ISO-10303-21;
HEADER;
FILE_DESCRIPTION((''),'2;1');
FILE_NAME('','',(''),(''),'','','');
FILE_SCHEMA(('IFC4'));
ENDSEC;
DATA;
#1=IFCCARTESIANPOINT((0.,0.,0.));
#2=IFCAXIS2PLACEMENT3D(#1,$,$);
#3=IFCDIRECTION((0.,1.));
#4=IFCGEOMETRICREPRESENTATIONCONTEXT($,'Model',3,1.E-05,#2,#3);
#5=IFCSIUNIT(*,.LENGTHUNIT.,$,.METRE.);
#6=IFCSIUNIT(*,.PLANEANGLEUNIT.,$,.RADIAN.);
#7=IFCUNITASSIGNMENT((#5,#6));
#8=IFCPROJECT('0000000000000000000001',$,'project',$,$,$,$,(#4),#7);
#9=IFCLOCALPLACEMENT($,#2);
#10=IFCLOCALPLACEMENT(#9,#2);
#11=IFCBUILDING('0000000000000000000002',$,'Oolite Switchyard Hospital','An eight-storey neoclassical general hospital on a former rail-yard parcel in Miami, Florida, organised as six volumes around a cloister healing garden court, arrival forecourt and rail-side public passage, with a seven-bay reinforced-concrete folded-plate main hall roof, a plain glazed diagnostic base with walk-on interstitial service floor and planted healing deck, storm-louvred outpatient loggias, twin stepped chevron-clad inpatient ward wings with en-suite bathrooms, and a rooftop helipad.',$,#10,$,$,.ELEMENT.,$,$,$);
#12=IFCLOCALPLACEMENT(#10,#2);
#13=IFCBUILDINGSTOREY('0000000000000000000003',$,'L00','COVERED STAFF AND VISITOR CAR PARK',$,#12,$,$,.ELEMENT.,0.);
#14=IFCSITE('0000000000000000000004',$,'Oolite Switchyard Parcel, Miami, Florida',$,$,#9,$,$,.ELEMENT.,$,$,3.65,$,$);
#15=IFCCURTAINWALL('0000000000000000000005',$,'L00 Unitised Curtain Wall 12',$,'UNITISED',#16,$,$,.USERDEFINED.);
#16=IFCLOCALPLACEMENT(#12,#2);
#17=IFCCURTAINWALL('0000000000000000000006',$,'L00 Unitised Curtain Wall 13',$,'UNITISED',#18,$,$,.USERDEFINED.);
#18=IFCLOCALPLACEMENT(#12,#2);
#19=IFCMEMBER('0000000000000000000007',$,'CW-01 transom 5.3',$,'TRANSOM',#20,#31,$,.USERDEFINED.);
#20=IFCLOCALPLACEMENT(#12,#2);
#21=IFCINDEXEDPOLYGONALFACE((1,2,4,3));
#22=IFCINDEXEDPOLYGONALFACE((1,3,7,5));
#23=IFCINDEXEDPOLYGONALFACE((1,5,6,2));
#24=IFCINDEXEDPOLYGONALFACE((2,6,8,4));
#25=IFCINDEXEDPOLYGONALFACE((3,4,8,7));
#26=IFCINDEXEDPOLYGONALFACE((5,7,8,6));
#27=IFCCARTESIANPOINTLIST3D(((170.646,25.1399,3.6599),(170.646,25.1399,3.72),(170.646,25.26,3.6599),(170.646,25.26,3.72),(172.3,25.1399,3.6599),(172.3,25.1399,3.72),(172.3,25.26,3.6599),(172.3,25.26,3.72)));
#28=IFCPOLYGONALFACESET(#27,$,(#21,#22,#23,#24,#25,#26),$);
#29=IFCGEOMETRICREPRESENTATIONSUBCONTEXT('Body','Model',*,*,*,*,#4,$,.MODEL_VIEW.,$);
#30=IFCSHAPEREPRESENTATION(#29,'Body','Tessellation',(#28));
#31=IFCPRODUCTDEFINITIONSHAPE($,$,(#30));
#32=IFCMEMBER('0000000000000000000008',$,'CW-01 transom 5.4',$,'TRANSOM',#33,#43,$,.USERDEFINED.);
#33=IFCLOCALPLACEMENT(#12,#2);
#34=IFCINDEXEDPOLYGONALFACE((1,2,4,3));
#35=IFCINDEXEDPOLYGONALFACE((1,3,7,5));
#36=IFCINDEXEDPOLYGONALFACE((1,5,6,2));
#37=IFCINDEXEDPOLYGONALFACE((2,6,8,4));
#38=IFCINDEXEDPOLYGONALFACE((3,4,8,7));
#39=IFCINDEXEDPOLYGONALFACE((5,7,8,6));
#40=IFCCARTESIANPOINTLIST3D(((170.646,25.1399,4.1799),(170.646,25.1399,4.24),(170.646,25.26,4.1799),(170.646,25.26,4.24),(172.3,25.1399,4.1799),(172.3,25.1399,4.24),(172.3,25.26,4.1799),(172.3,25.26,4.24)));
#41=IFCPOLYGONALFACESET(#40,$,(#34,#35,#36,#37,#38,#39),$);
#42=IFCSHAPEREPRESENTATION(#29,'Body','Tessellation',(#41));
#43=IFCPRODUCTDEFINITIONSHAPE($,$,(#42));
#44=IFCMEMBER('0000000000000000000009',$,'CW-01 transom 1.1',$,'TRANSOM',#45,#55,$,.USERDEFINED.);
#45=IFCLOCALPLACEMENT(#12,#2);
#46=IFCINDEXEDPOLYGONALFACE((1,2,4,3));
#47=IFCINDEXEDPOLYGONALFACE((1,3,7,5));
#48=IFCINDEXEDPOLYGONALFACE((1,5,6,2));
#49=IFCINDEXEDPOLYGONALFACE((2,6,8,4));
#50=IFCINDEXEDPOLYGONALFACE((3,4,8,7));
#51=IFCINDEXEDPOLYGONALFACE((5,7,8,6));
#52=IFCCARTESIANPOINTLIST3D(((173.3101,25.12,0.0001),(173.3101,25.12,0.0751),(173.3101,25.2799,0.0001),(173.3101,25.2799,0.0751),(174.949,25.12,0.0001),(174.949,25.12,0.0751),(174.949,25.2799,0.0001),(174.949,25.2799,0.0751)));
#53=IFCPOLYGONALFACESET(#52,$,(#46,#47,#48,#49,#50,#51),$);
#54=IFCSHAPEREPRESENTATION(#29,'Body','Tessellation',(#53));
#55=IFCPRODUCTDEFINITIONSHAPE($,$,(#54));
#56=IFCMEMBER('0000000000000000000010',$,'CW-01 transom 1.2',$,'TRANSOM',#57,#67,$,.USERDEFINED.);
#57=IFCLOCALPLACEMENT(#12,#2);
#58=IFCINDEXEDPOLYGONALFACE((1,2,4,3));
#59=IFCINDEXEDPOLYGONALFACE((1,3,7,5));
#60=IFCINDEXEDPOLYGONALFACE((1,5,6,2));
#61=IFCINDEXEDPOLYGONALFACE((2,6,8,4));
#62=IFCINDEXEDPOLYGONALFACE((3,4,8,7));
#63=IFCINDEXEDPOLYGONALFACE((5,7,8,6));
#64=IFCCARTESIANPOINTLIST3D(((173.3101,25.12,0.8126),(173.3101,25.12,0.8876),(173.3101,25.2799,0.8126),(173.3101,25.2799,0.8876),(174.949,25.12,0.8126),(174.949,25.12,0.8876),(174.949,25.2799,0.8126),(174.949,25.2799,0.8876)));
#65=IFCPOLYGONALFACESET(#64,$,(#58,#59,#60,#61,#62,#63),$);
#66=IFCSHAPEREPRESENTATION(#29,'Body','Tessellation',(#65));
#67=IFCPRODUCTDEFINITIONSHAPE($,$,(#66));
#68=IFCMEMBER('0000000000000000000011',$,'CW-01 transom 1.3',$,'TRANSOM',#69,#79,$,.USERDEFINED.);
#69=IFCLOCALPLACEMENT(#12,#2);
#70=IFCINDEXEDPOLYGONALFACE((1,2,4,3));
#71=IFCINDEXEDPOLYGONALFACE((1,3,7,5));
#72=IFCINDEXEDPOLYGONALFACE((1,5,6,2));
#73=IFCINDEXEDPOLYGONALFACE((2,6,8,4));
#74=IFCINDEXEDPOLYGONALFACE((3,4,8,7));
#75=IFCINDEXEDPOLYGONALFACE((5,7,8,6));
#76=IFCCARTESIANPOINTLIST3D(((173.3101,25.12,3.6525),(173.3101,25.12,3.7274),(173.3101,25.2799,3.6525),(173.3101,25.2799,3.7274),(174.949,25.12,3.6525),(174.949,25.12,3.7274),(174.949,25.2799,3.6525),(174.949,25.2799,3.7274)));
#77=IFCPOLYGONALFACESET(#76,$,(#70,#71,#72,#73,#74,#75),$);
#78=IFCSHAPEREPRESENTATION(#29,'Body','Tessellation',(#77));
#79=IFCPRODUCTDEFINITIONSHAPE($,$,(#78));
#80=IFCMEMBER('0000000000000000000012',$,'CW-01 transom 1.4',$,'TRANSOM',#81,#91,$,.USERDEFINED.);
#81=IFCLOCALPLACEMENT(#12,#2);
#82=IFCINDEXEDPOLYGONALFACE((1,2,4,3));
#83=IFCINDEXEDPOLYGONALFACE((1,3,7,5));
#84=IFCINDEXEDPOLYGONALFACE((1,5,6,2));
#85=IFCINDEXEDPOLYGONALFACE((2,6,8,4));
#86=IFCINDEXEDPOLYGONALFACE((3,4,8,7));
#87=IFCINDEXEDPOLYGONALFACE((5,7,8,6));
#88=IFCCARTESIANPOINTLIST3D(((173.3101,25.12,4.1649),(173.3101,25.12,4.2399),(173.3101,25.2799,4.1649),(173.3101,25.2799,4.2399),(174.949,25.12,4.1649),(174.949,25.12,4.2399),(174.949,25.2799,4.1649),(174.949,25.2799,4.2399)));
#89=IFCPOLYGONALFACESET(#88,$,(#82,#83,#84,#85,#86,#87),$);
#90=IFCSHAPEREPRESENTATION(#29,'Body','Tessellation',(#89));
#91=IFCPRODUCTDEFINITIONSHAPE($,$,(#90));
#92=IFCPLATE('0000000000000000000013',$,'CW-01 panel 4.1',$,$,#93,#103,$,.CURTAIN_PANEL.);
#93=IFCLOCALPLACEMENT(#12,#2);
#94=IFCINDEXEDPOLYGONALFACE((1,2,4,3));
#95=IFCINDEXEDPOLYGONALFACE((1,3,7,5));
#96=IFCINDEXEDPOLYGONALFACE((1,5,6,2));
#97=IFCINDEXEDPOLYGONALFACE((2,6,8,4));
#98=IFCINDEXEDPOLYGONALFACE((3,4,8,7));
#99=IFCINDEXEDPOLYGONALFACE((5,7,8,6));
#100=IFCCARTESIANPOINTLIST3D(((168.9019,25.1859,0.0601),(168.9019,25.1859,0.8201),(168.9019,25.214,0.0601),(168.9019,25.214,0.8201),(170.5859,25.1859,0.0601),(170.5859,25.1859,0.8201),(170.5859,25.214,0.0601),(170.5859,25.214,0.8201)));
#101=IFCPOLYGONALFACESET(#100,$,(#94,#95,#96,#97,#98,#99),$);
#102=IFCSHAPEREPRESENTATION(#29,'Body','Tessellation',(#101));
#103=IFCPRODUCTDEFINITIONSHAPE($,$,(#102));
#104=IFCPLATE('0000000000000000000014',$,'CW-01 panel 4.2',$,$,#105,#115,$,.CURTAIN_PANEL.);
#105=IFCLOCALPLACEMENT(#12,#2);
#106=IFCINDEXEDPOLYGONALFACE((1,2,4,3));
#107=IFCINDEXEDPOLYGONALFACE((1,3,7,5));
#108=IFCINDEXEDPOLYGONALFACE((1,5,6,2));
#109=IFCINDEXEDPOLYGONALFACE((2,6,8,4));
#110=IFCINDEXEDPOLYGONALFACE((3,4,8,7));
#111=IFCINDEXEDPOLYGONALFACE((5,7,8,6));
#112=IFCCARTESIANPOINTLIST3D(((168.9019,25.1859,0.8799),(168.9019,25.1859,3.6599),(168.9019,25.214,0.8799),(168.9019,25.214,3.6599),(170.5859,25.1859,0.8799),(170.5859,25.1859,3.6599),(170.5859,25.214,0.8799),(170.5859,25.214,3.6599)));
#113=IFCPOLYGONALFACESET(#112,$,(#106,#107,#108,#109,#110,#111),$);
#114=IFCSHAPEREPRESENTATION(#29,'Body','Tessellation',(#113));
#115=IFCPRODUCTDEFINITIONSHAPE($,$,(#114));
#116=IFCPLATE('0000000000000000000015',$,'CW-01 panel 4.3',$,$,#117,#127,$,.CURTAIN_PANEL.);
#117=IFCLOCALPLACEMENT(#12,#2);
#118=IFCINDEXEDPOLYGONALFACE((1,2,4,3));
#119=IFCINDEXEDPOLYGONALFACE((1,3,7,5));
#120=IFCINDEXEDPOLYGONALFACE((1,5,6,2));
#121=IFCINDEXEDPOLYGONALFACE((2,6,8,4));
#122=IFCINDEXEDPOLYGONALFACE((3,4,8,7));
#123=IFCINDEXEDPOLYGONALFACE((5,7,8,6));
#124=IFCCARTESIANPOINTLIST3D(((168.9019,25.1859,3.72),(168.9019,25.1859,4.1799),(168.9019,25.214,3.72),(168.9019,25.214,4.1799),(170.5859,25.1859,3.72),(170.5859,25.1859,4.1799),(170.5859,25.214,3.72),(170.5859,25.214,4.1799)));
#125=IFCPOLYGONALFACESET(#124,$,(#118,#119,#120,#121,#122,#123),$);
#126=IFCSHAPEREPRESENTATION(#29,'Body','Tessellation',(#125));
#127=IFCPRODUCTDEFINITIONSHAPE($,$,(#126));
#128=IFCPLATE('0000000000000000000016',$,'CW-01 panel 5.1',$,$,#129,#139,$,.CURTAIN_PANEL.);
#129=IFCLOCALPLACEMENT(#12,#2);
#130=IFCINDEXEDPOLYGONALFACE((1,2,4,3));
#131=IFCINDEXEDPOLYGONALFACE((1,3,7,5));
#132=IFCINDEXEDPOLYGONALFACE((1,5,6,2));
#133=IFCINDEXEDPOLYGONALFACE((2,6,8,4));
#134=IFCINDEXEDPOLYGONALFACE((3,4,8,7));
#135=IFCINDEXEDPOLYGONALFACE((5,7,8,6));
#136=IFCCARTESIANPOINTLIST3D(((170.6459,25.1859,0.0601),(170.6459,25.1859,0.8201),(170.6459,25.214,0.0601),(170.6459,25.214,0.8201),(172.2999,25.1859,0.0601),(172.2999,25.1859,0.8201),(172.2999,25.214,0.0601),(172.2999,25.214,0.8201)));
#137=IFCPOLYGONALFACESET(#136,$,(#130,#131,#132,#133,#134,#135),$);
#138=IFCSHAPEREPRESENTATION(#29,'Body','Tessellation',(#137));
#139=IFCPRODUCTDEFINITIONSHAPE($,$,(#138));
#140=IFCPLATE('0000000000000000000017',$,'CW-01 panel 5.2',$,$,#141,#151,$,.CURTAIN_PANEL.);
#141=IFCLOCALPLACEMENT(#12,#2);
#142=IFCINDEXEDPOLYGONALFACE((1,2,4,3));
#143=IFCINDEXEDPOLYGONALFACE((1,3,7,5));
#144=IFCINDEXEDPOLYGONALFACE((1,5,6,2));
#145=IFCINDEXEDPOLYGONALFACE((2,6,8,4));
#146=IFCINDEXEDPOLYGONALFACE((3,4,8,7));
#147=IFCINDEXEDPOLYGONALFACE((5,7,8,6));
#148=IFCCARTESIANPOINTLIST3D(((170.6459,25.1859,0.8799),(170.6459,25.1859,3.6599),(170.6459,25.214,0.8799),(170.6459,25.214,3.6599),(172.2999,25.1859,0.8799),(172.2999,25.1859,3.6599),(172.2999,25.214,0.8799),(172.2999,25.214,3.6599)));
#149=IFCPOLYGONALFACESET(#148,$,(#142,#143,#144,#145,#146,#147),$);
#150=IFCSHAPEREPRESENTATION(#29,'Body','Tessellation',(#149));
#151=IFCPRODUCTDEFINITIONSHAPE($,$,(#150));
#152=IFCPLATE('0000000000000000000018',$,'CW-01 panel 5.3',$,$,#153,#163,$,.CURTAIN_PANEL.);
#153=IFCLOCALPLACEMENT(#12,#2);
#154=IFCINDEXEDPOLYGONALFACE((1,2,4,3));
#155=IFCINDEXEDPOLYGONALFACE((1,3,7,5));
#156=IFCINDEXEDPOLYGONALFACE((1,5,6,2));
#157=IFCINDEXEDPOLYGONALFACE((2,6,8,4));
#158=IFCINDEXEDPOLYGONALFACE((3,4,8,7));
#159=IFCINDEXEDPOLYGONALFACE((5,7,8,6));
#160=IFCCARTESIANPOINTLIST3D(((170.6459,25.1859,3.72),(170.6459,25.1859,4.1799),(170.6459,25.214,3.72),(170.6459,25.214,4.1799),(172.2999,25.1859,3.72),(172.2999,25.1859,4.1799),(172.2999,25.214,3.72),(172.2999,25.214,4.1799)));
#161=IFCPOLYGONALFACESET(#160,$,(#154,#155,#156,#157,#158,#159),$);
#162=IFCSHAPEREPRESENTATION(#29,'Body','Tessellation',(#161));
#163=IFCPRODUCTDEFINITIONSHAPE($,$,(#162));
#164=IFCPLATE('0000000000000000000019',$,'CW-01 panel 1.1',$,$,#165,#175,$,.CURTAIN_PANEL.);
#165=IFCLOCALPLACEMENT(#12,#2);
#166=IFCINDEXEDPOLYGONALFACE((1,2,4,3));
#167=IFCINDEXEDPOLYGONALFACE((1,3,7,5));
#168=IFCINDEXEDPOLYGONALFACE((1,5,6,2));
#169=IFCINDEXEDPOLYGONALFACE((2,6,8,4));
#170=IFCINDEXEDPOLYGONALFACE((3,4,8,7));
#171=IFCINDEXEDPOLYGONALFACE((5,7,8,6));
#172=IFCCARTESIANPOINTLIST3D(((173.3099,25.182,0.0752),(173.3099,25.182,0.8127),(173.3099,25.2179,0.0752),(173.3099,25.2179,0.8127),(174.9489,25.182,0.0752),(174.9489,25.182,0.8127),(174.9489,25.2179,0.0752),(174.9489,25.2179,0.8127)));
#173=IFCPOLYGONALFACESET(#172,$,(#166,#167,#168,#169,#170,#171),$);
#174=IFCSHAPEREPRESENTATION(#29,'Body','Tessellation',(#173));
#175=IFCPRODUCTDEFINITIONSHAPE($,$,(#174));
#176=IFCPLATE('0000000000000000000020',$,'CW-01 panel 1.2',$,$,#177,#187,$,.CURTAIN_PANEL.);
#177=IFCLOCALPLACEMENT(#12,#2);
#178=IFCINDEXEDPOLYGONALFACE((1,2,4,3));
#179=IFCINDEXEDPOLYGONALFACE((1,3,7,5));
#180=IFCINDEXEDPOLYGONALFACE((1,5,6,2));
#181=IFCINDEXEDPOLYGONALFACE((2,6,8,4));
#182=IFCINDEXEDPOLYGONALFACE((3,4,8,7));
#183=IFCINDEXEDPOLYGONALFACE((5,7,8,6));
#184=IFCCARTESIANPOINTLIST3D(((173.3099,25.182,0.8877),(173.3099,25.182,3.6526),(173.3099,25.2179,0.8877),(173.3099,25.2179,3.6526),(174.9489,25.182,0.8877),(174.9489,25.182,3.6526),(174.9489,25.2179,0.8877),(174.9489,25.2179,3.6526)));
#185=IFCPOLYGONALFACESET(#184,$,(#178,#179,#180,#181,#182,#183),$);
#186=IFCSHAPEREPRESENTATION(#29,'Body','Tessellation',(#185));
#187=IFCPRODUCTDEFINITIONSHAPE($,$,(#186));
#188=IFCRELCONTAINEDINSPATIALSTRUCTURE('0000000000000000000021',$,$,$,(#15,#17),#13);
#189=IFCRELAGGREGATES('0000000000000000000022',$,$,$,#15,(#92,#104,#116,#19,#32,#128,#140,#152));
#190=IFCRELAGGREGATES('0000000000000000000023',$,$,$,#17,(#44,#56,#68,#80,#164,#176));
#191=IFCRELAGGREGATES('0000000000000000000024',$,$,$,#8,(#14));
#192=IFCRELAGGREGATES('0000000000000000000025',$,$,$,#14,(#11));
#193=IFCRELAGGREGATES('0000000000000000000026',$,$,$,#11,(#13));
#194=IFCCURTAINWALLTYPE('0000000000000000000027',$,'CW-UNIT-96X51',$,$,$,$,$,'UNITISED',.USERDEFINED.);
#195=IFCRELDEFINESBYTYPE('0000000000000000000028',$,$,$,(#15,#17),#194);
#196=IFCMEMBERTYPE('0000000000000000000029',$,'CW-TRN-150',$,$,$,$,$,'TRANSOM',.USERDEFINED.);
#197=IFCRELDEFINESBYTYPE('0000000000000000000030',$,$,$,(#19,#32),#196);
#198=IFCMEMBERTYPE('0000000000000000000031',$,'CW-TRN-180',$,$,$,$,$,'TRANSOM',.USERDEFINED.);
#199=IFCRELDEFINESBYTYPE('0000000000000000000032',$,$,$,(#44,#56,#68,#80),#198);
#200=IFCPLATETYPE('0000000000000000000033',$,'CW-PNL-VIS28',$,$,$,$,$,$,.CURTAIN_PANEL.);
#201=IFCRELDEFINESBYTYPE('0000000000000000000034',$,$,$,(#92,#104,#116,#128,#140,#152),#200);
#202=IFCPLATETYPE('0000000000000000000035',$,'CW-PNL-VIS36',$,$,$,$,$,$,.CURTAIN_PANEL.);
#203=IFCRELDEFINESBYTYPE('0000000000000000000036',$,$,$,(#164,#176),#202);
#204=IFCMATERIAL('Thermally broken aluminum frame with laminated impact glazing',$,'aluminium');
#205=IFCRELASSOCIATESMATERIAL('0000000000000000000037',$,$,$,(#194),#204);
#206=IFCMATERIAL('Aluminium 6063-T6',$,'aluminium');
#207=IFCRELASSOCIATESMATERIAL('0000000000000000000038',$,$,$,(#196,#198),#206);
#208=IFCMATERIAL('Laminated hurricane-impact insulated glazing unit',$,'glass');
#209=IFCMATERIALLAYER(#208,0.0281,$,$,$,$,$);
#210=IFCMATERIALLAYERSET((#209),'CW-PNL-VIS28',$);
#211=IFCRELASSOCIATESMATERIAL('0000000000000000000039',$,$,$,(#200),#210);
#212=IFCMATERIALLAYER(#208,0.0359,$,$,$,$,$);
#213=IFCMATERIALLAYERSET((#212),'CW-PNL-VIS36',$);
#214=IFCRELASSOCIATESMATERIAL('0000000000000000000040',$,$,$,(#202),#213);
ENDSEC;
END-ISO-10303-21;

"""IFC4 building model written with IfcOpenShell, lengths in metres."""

from ifc_helpers import new_model, si_unit, direction, frame, origin, origin_2d, place, context, subcontext, project, spatial, rectangle, extrude, material, layer, layer_set, material_profile, profile_set, type_object, element, aggregate, save


model = new_model("IFC4")

# Units and contexts
model_context = context("Model", 3, precision=1e-05, world=origin(), true_north=direction((0.0, 1.0)))
body_context = subcontext(model_context, "Body", "Model", "MODEL_VIEW")
ifc_project = project(units=[si_unit("LENGTHUNIT", "METRE"), si_unit("PLANEANGLEUNIT", "RADIAN")], contexts=[model_context])

# Site, building, storey
site_placement = place(None, origin())
site = spatial("IfcSite", under=ifc_project, at=site_placement, Name="Oolite Switchyard Parcel, Miami, Florida", CompositionType="ELEMENT", RefElevation=3.65)
building_placement = place(site_placement, origin())
building = spatial("IfcBuilding", under=site, at=building_placement, Name="Oolite Switchyard Hospital", Description="An eight-storey neoclassical general hospital on a former rail-yard parcel in Miami, Florida, organised as six volumes around a cloister healing garden court, arrival forecourt and rail-side public passage, with a seven-bay reinforced-concrete folded-plate main hall roof, a plain glazed diagnostic base with walk-on interstitial service floor and planted healing deck, storm-louvred outpatient loggias, twin stepped chevron-clad inpatient ward wings with en-suite bathrooms, and a rooftop helipad.", CompositionType="ELEMENT")
storey_placement = place(building_placement, origin())
storey = spatial("IfcBuildingStorey", under=building, at=storey_placement, Name="L00", Description="COVERED STAFF AND VISITOR CAR PARK", CompositionType="ELEMENT", Elevation=0.0)

# Curtain walls
ifc_material_1 = material(Name="Thermally broken aluminum frame with laminated impact glazing", Category="aluminium")
curtain_wall_type = type_object("IfcCurtainWallType", Name="CW-UNIT-96X51", ElementType="UNITISED", PredefinedType="USERDEFINED", material=ifc_material_1)
curtain_wall_1_placement = place(storey_placement, origin())
curtain_wall_1 = element("IfcCurtainWall", 1, at=curtain_wall_1_placement, inside=storey, type_object=curtain_wall_type, Name="L00 Unitised Curtain Wall 12", ObjectType="UNITISED", PredefinedType="USERDEFINED")
ifc_material_2 = material(Name="Aluminium 6063-T6", Category="aluminium")
curtain_wall_2_placement = place(storey_placement, origin())
curtain_wall_2 = element("IfcCurtainWall", 2, at=curtain_wall_2_placement, inside=storey, type_object=curtain_wall_type, Name="L00 Unitised Curtain Wall 13", ObjectType="UNITISED", PredefinedType="USERDEFINED")

# Members
ifc_material_profile_1 = material_profile(ifc_material_2, rectangle(XDim=0.1201, YDim=0.0601, at=origin_2d()), Name="CWT60X120")
ifc_profile_set_1 = profile_set([ifc_material_profile_1], Name="Aluminium 6063-T6")
member_type_1 = type_object("IfcMemberType", Name="CW-TRN-150", ElementType="TRANSOM", PredefinedType="USERDEFINED", material=ifc_profile_set_1)
member_1_placement = place(storey_placement, frame((170.646, 25.2, 3.6899), z_axis=(1.0, 0.0, 0.0), x_axis=(0.0, 1.0, 0.0)))
member_1 = element("IfcMember", 3, at=member_1_placement, type_object=member_type_1, Name="CW-01 transom 5.3", ObjectType="TRANSOM", PredefinedType="USERDEFINED", context=body_context, shape_type="SweptSolid", body=[
    extrude(rectangle(XDim=0.1201, YDim=0.0601, at=origin_2d()), origin(), (0.0, 0.0, 1.0), 1.6541),
])
member_2_placement = place(storey_placement, frame((170.646, 25.2, 4.21), z_axis=(1.0, 0.0, 0.0), x_axis=(0.0, 1.0, 0.0)))
member_2 = element("IfcMember", 4, at=member_2_placement, type_object=member_type_1, Name="CW-01 transom 5.4", ObjectType="TRANSOM", PredefinedType="USERDEFINED", context=body_context, shape_type="SweptSolid", body=[
    extrude(rectangle(XDim=0.1201, YDim=0.0601, at=origin_2d()), origin(), (0.0, 0.0, 1.0), 1.6541),
])
ifc_material_profile_2 = material_profile(ifc_material_2, rectangle(XDim=0.1599, YDim=0.075, at=origin_2d()), Name="CWT75X160")
ifc_profile_set_2 = profile_set([ifc_material_profile_2], Name="Aluminium 6063-T6")
member_type_2 = type_object("IfcMemberType", Name="CW-TRN-180", ElementType="TRANSOM", PredefinedType="USERDEFINED", material=ifc_profile_set_2)
member_3_placement = place(storey_placement, frame((173.3101, 25.2, 0.0376), z_axis=(1.0, 0.0, 0.0), x_axis=(0.0, 1.0, 0.0)))
member_3 = element("IfcMember", 5, at=member_3_placement, type_object=member_type_2, Name="CW-01 transom 1.1", ObjectType="TRANSOM", PredefinedType="USERDEFINED", context=body_context, shape_type="SweptSolid", body=[
    extrude(rectangle(XDim=0.1599, YDim=0.075, at=origin_2d()), origin(), (0.0, 0.0, 1.0), 1.6389),
])
member_4_placement = place(storey_placement, frame((173.3101, 25.2, 0.8501), z_axis=(1.0, 0.0, 0.0), x_axis=(0.0, 1.0, 0.0)))
member_4 = element("IfcMember", 6, at=member_4_placement, type_object=member_type_2, Name="CW-01 transom 1.2", ObjectType="TRANSOM", PredefinedType="USERDEFINED", context=body_context, shape_type="SweptSolid", body=[
    extrude(rectangle(XDim=0.1599, YDim=0.075, at=origin_2d()), origin(), (0.0, 0.0, 1.0), 1.6389),
])
member_5_placement = place(storey_placement, frame((173.3101, 25.2, 3.6899), z_axis=(1.0, 0.0, 0.0), x_axis=(0.0, 1.0, 0.0)))
member_5 = element("IfcMember", 7, at=member_5_placement, type_object=member_type_2, Name="CW-01 transom 1.3", ObjectType="TRANSOM", PredefinedType="USERDEFINED", context=body_context, shape_type="SweptSolid", body=[
    extrude(rectangle(XDim=0.1599, YDim=0.075, at=origin_2d()), origin(), (0.0, 0.0, 1.0), 1.6389),
])
member_6_placement = place(storey_placement, frame((173.3101, 25.2, 4.2024), z_axis=(1.0, 0.0, 0.0), x_axis=(0.0, 1.0, 0.0)))
member_6 = element("IfcMember", 8, at=member_6_placement, type_object=member_type_2, Name="CW-01 transom 1.4", ObjectType="TRANSOM", PredefinedType="USERDEFINED", context=body_context, shape_type="SweptSolid", body=[
    extrude(rectangle(XDim=0.1599, YDim=0.075, at=origin_2d()), origin(), (0.0, 0.0, 1.0), 1.6389),
])

# Plates
ifc_material_3 = material(Name="Laminated hurricane-impact insulated glazing unit", Category="glass")
ifc_layer_1 = layer(ifc_material_3, 0.0281)
ifc_layer_set_1 = layer_set([ifc_layer_1], Name="CW-PNL-VIS28")
plate_type_1 = type_object("IfcPlateType", Name="CW-PNL-VIS28", PredefinedType="CURTAIN_PANEL", material=ifc_layer_set_1)
plate_1_placement = place(storey_placement, frame((169.7439, 25.2, 0.0601), z_axis=(0.0, 0.0, 1.0), x_axis=(1.0, 0.0, 0.0)))
plate_1 = element("IfcPlate", 9, at=plate_1_placement, type_object=plate_type_1, Name="CW-01 panel 4.1", PredefinedType="CURTAIN_PANEL", context=body_context, shape_type="SweptSolid", body=[
    extrude(rectangle(XDim=1.6841, YDim=0.0281, at=origin_2d()), origin(), (0.0, 0.0, 1.0), 0.76),
])
plate_2_placement = place(storey_placement, frame((169.7439, 25.2, 0.8799), z_axis=(0.0, 0.0, 1.0), x_axis=(1.0, 0.0, 0.0)))
plate_2 = element("IfcPlate", 10, at=plate_2_placement, type_object=plate_type_1, Name="CW-01 panel 4.2", PredefinedType="CURTAIN_PANEL", context=body_context, shape_type="SweptSolid", body=[
    extrude(rectangle(XDim=1.6841, YDim=0.0281, at=origin_2d()), origin(), (0.0, 0.0, 1.0), 2.78),
])
plate_3_placement = place(storey_placement, frame((169.7439, 25.2, 3.72), z_axis=(0.0, 0.0, 1.0), x_axis=(1.0, 0.0, 0.0)))
plate_3 = element("IfcPlate", 11, at=plate_3_placement, type_object=plate_type_1, Name="CW-01 panel 4.3", PredefinedType="CURTAIN_PANEL", context=body_context, shape_type="SweptSolid", body=[
    extrude(rectangle(XDim=1.6841, YDim=0.0281, at=origin_2d()), origin(), (0.0, 0.0, 1.0), 0.46),
])
plate_4_placement = place(storey_placement, frame((171.4729, 25.2, 0.0601), z_axis=(0.0, 0.0, 1.0), x_axis=(1.0, 0.0, 0.0)))
plate_4 = element("IfcPlate", 12, at=plate_4_placement, type_object=plate_type_1, Name="CW-01 panel 5.1", PredefinedType="CURTAIN_PANEL", context=body_context, shape_type="SweptSolid", body=[
    extrude(rectangle(XDim=1.6541, YDim=0.0281, at=origin_2d()), origin(), (0.0, 0.0, 1.0), 0.76),
])
plate_5_placement = place(storey_placement, frame((171.4729, 25.2, 0.8799), z_axis=(0.0, 0.0, 1.0), x_axis=(1.0, 0.0, 0.0)))
plate_5 = element("IfcPlate", 13, at=plate_5_placement, type_object=plate_type_1, Name="CW-01 panel 5.2", PredefinedType="CURTAIN_PANEL", context=body_context, shape_type="SweptSolid", body=[
    extrude(rectangle(XDim=1.6541, YDim=0.0281, at=origin_2d()), origin(), (0.0, 0.0, 1.0), 2.78),
])
plate_6_placement = place(storey_placement, frame((171.4729, 25.2, 3.72), z_axis=(0.0, 0.0, 1.0), x_axis=(1.0, 0.0, 0.0)))
plate_6 = element("IfcPlate", 14, at=plate_6_placement, type_object=plate_type_1, Name="CW-01 panel 5.3", PredefinedType="CURTAIN_PANEL", context=body_context, shape_type="SweptSolid", body=[
    extrude(rectangle(XDim=1.6541, YDim=0.0281, at=origin_2d()), origin(), (0.0, 0.0, 1.0), 0.46),
])
aggregate(curtain_wall_1, [plate_1, plate_2, plate_3, member_1, member_2, plate_4, plate_5, plate_6])
ifc_layer_2 = layer(ifc_material_3, 0.0359)
ifc_layer_set_2 = layer_set([ifc_layer_2], Name="CW-PNL-VIS36")
plate_type_2 = type_object("IfcPlateType", Name="CW-PNL-VIS36", PredefinedType="CURTAIN_PANEL", material=ifc_layer_set_2)
plate_7_placement = place(storey_placement, frame((174.1294, 25.2, 0.0752), z_axis=(0.0, 0.0, 1.0), x_axis=(1.0, 0.0, 0.0)))
plate_7 = element("IfcPlate", 15, at=plate_7_placement, type_object=plate_type_2, Name="CW-01 panel 1.1", PredefinedType="CURTAIN_PANEL", context=body_context, shape_type="SweptSolid", body=[
    extrude(rectangle(XDim=1.6389, YDim=0.0359, at=origin_2d()), origin(), (0.0, 0.0, 1.0), 0.7375),
])
plate_8_placement = place(storey_placement, frame((174.1294, 25.2, 0.8877), z_axis=(0.0, 0.0, 1.0), x_axis=(1.0, 0.0, 0.0)))
plate_8 = element("IfcPlate", 16, at=plate_8_placement, type_object=plate_type_2, Name="CW-01 panel 1.2", PredefinedType="CURTAIN_PANEL", context=body_context, shape_type="SweptSolid", body=[
    extrude(rectangle(XDim=1.6389, YDim=0.0359, at=origin_2d()), origin(), (0.0, 0.0, 1.0), 2.7649),
])
aggregate(curtain_wall_2, [member_3, member_4, member_5, member_6, plate_7, plate_8])

save(model, "model.ifc")
